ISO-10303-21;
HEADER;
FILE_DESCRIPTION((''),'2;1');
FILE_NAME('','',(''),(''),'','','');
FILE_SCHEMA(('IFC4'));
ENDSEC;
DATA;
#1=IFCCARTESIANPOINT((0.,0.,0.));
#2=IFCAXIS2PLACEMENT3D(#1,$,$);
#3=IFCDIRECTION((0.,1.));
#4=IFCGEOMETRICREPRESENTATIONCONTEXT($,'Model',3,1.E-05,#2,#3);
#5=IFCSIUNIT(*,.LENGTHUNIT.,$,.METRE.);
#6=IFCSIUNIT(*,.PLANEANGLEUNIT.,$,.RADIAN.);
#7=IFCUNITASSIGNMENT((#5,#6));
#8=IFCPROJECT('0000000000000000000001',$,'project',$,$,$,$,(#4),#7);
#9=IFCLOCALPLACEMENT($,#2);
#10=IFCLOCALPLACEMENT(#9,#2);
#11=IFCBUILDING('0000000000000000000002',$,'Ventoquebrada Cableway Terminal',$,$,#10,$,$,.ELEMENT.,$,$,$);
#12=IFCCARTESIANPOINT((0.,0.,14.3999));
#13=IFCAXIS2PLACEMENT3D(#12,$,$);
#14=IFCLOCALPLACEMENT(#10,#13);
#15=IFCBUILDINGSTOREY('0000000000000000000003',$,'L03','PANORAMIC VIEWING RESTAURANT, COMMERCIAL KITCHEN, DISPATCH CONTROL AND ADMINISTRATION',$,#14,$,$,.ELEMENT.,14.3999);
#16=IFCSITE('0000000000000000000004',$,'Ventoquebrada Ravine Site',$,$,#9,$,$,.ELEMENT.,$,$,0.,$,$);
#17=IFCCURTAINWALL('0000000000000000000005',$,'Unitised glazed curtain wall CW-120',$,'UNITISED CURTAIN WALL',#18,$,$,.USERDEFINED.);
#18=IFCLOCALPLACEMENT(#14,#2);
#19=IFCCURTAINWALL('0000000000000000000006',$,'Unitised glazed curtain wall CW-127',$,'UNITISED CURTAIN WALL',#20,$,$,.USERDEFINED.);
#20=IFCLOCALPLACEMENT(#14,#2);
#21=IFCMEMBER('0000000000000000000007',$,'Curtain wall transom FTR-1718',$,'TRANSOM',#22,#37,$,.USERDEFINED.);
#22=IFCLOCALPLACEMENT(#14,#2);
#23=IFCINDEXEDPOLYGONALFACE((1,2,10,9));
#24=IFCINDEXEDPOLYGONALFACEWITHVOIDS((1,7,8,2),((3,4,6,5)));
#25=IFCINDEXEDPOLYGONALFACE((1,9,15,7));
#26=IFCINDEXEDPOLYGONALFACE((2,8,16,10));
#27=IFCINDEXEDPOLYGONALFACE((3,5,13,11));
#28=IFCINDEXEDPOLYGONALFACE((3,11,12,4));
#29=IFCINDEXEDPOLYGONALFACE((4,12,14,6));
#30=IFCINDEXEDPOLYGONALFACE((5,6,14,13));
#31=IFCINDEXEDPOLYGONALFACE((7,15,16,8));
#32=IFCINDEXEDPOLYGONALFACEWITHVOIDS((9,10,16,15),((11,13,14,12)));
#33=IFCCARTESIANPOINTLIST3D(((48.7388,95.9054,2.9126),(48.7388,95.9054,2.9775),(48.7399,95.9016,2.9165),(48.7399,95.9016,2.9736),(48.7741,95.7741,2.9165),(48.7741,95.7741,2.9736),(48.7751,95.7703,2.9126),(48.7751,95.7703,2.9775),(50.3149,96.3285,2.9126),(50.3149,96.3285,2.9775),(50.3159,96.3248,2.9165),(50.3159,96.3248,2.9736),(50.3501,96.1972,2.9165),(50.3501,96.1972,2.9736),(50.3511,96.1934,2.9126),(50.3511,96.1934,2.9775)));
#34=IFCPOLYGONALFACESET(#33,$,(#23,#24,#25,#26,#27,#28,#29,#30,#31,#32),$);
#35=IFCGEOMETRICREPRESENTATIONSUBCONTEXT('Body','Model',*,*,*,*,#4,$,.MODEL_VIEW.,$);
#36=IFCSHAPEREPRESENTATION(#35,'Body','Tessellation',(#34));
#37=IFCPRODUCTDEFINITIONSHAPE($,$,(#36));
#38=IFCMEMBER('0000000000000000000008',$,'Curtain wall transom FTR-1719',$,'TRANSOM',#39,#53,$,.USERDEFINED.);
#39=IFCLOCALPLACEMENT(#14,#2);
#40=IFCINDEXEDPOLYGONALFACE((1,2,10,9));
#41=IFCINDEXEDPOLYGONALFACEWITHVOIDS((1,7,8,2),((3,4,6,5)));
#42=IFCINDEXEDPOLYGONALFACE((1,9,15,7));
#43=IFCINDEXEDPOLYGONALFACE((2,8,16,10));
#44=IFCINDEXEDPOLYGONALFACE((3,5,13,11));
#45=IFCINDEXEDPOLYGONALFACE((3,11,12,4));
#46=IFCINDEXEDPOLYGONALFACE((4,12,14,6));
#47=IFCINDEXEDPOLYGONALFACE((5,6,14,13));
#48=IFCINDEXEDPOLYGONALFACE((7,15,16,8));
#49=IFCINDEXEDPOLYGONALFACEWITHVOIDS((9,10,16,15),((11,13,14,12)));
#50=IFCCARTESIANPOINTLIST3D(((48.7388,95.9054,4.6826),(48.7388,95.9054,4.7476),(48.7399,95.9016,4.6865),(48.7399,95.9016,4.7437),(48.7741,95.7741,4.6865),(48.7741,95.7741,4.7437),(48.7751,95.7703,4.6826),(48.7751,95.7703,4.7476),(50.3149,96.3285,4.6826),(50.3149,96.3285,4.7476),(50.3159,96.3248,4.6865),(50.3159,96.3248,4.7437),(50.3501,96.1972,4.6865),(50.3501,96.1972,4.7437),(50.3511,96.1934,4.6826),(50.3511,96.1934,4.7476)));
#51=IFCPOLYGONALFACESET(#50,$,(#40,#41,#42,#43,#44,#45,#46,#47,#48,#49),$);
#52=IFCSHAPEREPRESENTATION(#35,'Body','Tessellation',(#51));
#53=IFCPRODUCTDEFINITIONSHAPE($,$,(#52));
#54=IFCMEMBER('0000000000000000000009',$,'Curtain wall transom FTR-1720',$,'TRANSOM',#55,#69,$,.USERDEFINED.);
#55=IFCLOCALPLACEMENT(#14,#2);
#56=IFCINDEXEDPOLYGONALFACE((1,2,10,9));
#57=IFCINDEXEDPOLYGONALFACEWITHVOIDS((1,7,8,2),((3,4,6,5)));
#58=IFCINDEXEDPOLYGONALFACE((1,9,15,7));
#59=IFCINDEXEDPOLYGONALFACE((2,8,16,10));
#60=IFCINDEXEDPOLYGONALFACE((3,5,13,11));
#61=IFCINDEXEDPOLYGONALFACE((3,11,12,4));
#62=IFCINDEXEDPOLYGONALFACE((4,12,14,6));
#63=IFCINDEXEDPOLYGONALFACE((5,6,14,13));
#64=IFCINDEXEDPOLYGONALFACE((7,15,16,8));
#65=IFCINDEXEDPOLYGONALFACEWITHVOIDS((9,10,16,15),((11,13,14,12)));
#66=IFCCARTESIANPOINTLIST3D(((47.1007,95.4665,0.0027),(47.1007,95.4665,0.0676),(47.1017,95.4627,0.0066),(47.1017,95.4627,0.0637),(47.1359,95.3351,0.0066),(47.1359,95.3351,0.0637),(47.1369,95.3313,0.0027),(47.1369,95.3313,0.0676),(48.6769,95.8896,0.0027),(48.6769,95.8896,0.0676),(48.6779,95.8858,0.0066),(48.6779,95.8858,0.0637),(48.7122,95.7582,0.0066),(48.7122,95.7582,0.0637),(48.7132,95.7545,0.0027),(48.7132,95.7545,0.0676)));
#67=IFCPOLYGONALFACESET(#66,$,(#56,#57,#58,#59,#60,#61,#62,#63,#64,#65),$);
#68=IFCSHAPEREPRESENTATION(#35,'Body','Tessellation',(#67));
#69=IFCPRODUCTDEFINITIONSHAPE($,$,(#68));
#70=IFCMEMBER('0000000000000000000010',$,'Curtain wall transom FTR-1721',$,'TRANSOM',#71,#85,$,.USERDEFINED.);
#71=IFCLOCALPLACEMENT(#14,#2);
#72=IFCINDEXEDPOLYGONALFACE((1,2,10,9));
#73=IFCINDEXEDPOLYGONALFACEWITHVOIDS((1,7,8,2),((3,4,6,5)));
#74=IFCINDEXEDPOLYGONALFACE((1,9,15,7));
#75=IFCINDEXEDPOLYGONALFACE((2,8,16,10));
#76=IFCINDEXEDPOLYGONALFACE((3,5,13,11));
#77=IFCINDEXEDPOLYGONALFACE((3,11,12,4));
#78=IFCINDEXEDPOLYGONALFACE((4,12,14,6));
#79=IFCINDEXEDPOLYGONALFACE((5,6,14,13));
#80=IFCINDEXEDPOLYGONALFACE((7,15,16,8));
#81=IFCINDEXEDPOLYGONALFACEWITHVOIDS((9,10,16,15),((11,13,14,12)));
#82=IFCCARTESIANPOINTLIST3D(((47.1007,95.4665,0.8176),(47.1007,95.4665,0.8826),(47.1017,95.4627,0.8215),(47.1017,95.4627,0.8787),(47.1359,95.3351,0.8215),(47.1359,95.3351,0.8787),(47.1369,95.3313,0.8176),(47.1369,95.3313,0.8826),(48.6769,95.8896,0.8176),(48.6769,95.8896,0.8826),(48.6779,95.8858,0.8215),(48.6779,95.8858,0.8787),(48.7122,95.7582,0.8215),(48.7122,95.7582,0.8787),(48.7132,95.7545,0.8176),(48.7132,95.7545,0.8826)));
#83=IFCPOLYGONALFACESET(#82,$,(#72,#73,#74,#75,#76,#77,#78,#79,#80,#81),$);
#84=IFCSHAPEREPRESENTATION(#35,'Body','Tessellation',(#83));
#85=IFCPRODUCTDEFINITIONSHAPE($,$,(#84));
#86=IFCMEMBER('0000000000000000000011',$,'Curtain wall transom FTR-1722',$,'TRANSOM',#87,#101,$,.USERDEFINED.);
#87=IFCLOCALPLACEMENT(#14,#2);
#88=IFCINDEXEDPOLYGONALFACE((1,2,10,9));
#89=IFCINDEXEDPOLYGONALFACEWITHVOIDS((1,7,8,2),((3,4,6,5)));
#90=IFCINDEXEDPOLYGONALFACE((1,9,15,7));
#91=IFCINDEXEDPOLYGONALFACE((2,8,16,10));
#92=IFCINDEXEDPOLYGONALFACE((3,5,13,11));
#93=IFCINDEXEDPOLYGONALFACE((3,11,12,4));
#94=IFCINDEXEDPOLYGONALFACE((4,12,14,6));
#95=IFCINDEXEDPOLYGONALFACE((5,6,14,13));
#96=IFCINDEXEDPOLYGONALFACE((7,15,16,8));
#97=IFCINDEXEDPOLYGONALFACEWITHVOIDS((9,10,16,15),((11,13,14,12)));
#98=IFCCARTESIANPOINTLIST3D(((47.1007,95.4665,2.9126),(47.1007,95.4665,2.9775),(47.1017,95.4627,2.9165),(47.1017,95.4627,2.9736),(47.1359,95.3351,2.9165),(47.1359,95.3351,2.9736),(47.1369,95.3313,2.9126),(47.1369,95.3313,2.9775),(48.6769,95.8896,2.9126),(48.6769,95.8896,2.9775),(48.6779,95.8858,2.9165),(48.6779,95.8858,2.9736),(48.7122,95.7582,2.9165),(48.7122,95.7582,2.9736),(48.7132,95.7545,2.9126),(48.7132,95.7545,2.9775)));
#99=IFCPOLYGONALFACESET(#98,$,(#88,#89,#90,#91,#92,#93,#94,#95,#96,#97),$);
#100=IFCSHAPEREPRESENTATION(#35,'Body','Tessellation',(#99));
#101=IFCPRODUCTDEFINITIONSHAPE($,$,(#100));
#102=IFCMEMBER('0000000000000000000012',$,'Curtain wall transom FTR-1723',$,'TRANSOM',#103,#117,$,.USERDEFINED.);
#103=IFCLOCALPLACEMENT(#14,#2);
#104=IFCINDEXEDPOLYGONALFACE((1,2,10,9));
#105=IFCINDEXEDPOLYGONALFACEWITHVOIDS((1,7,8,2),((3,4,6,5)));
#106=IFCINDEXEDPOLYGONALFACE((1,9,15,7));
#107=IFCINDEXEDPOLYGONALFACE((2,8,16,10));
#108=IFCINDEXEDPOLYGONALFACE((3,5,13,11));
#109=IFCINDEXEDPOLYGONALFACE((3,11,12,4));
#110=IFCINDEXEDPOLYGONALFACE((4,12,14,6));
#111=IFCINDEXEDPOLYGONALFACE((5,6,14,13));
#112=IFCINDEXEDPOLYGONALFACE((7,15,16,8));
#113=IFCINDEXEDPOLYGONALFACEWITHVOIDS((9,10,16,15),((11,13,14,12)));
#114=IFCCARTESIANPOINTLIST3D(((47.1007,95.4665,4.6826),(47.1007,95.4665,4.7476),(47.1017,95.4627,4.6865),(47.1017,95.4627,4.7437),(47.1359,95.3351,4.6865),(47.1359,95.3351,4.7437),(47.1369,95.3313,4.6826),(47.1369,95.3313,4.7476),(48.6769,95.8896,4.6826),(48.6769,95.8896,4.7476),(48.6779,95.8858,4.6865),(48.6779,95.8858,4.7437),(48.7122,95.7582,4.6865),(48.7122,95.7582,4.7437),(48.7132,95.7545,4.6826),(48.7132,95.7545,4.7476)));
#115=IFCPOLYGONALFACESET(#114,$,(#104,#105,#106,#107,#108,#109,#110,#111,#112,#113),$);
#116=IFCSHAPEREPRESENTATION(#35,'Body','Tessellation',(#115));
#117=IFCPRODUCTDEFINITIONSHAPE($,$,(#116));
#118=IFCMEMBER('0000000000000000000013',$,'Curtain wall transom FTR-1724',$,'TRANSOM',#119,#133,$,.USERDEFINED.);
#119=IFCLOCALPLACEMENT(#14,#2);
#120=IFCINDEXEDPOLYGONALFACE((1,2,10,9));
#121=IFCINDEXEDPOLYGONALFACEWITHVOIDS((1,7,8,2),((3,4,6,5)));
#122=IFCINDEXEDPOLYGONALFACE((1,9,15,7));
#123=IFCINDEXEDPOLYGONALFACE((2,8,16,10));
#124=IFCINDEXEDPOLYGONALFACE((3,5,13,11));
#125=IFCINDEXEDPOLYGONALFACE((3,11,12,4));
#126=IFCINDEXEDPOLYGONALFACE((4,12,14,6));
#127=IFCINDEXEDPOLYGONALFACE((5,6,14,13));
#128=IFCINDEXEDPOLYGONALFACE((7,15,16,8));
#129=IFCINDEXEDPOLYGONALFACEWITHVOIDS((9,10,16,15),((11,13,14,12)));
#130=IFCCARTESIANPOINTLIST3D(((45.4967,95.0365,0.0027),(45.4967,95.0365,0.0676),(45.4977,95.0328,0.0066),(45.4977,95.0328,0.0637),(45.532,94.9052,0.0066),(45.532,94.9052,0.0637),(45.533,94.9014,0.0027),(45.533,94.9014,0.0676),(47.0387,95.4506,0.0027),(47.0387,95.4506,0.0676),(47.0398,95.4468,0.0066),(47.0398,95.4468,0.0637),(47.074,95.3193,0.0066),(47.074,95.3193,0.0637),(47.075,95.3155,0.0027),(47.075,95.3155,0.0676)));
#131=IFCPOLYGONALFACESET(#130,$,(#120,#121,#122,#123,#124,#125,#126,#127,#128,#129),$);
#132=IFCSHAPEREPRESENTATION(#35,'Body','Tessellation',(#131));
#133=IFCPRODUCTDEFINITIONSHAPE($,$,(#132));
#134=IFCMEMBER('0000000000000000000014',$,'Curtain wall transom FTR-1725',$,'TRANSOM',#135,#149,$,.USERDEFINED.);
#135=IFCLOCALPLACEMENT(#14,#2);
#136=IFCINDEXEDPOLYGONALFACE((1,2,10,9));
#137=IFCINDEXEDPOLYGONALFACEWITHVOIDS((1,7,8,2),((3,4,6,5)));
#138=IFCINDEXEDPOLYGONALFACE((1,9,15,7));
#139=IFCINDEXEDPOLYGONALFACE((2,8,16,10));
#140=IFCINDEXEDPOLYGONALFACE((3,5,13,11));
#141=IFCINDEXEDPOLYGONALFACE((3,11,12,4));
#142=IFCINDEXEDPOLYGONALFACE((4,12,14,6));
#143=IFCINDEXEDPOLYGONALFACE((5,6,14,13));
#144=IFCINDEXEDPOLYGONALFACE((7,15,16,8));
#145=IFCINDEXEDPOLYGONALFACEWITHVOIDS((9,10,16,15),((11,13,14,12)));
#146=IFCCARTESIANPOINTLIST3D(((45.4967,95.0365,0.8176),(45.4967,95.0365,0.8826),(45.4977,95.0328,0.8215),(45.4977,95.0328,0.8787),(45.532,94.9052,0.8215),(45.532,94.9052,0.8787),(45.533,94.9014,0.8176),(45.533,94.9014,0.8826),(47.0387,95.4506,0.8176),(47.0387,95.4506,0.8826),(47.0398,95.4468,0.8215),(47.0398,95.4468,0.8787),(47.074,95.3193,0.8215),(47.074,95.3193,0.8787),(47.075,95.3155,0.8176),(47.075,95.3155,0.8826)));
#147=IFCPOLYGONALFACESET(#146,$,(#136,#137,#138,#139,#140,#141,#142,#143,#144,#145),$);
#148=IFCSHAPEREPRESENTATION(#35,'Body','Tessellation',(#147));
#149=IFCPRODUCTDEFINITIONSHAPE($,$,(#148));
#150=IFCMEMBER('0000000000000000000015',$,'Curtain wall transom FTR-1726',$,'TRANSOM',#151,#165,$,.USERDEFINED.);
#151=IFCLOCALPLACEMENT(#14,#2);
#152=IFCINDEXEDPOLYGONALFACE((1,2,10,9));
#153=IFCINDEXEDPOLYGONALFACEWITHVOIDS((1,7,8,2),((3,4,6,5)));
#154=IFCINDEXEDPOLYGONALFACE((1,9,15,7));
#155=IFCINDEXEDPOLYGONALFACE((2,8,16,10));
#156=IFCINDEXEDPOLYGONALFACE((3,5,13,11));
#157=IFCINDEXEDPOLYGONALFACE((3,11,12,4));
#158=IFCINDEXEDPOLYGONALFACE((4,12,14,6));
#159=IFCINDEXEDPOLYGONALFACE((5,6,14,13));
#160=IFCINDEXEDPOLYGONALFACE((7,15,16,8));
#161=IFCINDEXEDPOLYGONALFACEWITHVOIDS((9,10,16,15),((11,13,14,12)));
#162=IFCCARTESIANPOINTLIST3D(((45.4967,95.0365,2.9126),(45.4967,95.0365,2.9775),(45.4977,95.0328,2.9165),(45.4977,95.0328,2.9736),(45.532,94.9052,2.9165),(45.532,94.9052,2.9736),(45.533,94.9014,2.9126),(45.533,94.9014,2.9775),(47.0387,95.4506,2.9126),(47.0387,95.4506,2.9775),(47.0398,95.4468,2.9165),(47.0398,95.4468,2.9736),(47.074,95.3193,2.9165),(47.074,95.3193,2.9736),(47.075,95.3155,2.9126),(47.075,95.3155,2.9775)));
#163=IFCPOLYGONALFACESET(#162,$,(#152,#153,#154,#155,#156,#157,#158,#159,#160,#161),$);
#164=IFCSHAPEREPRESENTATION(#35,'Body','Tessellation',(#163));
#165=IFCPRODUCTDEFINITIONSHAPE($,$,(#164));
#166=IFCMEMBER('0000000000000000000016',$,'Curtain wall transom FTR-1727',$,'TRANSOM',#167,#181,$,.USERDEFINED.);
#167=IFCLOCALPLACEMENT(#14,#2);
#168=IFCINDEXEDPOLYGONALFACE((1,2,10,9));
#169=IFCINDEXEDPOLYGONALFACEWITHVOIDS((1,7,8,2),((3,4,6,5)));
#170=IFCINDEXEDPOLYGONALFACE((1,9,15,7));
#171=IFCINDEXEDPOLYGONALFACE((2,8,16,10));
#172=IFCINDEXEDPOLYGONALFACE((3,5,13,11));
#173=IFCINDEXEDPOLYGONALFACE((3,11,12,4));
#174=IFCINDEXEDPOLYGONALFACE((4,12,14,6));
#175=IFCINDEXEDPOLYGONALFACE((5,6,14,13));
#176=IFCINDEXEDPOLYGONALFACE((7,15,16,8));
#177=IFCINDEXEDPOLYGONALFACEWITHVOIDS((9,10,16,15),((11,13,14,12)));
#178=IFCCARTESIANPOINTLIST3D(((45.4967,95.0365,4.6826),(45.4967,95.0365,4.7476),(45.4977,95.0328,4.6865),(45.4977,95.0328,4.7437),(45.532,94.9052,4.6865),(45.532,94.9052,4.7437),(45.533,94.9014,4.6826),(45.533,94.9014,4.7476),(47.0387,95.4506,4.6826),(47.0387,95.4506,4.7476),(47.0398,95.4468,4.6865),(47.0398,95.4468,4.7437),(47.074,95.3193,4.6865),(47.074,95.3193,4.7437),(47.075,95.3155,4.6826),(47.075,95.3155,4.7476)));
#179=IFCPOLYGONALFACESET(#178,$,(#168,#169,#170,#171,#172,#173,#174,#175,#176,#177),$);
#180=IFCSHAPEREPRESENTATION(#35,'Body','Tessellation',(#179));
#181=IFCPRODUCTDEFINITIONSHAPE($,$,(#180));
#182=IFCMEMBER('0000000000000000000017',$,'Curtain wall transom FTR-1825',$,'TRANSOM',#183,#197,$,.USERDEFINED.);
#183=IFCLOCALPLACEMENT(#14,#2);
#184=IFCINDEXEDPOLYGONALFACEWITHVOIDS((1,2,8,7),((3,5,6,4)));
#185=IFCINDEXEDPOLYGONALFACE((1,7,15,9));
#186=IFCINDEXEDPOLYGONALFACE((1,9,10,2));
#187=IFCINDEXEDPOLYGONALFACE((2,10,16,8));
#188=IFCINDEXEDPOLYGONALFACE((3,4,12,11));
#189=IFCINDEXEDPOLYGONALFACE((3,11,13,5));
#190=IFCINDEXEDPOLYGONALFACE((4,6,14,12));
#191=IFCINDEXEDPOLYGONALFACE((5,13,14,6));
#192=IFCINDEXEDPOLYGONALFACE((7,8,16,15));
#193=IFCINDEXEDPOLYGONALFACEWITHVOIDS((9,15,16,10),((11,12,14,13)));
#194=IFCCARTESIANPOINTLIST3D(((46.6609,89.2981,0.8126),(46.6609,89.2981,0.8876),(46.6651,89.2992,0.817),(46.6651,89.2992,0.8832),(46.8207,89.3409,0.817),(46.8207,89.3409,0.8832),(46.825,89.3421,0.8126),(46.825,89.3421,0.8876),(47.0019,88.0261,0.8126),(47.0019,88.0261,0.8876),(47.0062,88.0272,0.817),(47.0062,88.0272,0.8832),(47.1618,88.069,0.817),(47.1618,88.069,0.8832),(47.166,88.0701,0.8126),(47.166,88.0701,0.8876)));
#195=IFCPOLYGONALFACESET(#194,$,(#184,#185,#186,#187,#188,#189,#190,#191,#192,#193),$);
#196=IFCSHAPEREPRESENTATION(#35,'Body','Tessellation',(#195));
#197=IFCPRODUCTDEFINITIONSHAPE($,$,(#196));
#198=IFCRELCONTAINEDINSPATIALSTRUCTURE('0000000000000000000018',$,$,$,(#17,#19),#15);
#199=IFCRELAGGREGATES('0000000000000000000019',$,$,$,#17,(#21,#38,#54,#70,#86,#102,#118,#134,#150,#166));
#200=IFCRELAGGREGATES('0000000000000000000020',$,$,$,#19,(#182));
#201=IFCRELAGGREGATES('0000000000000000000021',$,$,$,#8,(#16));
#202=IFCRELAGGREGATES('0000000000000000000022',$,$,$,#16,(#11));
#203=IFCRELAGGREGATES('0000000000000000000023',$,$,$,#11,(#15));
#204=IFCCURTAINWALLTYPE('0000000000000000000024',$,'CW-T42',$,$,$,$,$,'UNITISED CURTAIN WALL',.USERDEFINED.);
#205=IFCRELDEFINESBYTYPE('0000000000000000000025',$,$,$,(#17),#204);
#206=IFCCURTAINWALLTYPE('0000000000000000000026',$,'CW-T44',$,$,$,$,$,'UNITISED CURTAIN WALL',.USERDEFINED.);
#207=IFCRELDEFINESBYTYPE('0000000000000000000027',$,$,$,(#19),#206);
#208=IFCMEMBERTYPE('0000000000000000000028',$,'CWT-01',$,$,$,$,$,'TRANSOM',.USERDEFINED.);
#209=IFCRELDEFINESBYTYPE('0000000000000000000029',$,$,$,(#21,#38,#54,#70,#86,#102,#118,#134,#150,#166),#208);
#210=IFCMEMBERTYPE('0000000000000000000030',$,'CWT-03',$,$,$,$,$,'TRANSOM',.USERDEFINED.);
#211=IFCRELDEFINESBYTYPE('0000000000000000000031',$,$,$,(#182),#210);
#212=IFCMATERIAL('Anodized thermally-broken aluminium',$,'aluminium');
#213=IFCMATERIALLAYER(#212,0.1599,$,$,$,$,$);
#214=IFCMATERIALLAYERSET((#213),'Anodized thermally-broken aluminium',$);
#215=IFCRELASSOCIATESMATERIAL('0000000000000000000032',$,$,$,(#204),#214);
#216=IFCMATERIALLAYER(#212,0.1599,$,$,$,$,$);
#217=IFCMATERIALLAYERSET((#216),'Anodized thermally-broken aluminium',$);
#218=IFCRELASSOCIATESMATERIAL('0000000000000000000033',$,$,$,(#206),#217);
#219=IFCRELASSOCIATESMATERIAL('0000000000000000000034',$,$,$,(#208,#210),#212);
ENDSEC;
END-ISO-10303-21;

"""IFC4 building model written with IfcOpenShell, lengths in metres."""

from ifc_helpers import new_model, si_unit, direction, frame, origin, origin_2d, place, context, subcontext, project, spatial, hollow_rectangle, extrude, material, layer, layer_set, material_profile, profile_set, type_object, element, aggregate, save


model = new_model("IFC4")

# Units and contexts
model_context = context("Model", 3, precision=1e-05, world=origin(), true_north=direction((0.0, 1.0)))
body_context = subcontext(model_context, "Body", "Model", "MODEL_VIEW")
ifc_project = project(units=[si_unit("LENGTHUNIT", "METRE"), si_unit("PLANEANGLEUNIT", "RADIAN")], contexts=[model_context])

# Site, building, storey
site_placement = place(None, origin())
site = spatial("IfcSite", under=ifc_project, at=site_placement, Name="Ventoquebrada Ravine Site", CompositionType="ELEMENT", RefElevation=0.0)
building_placement = place(site_placement, origin())
building = spatial("IfcBuilding", under=site, at=building_placement, Name="Ventoquebrada Cableway Terminal", CompositionType="ELEMENT")
storey_placement = place(building_placement, frame((0.0, 0.0, 14.3999)))
storey = spatial("IfcBuildingStorey", under=building, at=storey_placement, Name="L03", Description="PANORAMIC VIEWING RESTAURANT, COMMERCIAL KITCHEN, DISPATCH CONTROL AND ADMINISTRATION", CompositionType="ELEMENT", Elevation=14.3999)

# Curtain wall
ifc_material_1 = material(Name="Anodized thermally-broken aluminium", Category="aluminium")
ifc_layer_1 = layer(ifc_material_1, 0.1599)
ifc_layer_set_1 = layer_set([ifc_layer_1], Name="Anodized thermally-broken aluminium")
curtain_wall_type_1 = type_object("IfcCurtainWallType", Name="CW-T42", ElementType="UNITISED CURTAIN WALL", PredefinedType="USERDEFINED", material=ifc_layer_set_1)
curtain_wall_1_placement = place(storey_placement, origin())
curtain_wall_1 = element("IfcCurtainWall", 1, at=curtain_wall_1_placement, inside=storey, type_object=curtain_wall_type_1, Name="Unitised glazed curtain wall CW-120", ObjectType="UNITISED CURTAIN WALL", PredefinedType="USERDEFINED")

# Curtain wall
ifc_layer_2 = layer(ifc_material_1, 0.1599)
ifc_layer_set_2 = layer_set([ifc_layer_2], Name="Anodized thermally-broken aluminium")
curtain_wall_type_2 = type_object("IfcCurtainWallType", Name="CW-T44", ElementType="UNITISED CURTAIN WALL", PredefinedType="USERDEFINED", material=ifc_layer_set_2)
curtain_wall_2_placement = place(storey_placement, origin())
curtain_wall_2 = element("IfcCurtainWall", 2, at=curtain_wall_2_placement, inside=storey, type_object=curtain_wall_type_2, Name="Unitised glazed curtain wall CW-127", ObjectType="UNITISED CURTAIN WALL", PredefinedType="USERDEFINED")

# Members
ifc_material_profile_1 = material_profile(ifc_material_1, hollow_rectangle(XDim=0.0649, YDim=0.1399, WallThickness=0.0039, at=origin_2d()), Name="CW-TRN-65X140")
ifc_profile_set_1 = profile_set([ifc_material_profile_1], Name="Anodized thermally-broken aluminium")
member_type_1 = type_object("IfcMemberType", Name="CWT-01", ElementType="TRANSOM", PredefinedType="USERDEFINED", material=ifc_profile_set_1)
member_1_placement = place(storey_placement, frame((50.333, 96.261, 2.9451), z_axis=(-0.965799, -0.259292, 0.0), x_axis=(0.0, 0.0, 1.0)))
member_1 = element("IfcMember", 3, at=member_1_placement, type_object=member_type_1, Name="Curtain wall transom FTR-1718", ObjectType="TRANSOM", PredefinedType="USERDEFINED", context=body_context, shape_type="SweptSolid", body=[
    extrude(hollow_rectangle(XDim=0.0649, YDim=0.1399, WallThickness=0.0039, at=origin_2d()), origin(), (0.0, 0.0, 1.0), 1.6318),
])
member_2_placement = place(storey_placement, frame((50.333, 96.261, 4.7151), z_axis=(-0.965799, -0.259292, 0.0), x_axis=(0.0, 0.0, 1.0)))
member_2 = element("IfcMember", 4, at=member_2_placement, type_object=member_type_1, Name="Curtain wall transom FTR-1719", ObjectType="TRANSOM", PredefinedType="USERDEFINED", context=body_context, shape_type="SweptSolid", body=[
    extrude(hollow_rectangle(XDim=0.0649, YDim=0.1399, WallThickness=0.0039, at=origin_2d()), origin(), (0.0, 0.0, 1.0), 1.6318),
])
member_3_placement = place(storey_placement, frame((48.6951, 95.822, 0.0352), z_axis=(-0.965809, -0.259255, 0.0), x_axis=(0.0, 0.0, 1.0)))
member_3 = element("IfcMember", 5, at=member_3_placement, type_object=member_type_1, Name="Curtain wall transom FTR-1720", ObjectType="TRANSOM", PredefinedType="USERDEFINED", context=body_context, shape_type="SweptSolid", body=[
    extrude(hollow_rectangle(XDim=0.0649, YDim=0.1399, WallThickness=0.0039, at=origin_2d()), origin(), (0.0, 0.0, 1.0), 1.6321),
])
member_4_placement = place(storey_placement, frame((48.6951, 95.822, 0.8501), z_axis=(-0.965809, -0.259255, 0.0), x_axis=(0.0, 0.0, 1.0)))
member_4 = element("IfcMember", 6, at=member_4_placement, type_object=member_type_1, Name="Curtain wall transom FTR-1721", ObjectType="TRANSOM", PredefinedType="USERDEFINED", context=body_context, shape_type="SweptSolid", body=[
    extrude(hollow_rectangle(XDim=0.0649, YDim=0.1399, WallThickness=0.0039, at=origin_2d()), origin(), (0.0, 0.0, 1.0), 1.6321),
])
member_5_placement = place(storey_placement, frame((48.6951, 95.822, 2.9451), z_axis=(-0.965809, -0.259255, 0.0), x_axis=(0.0, 0.0, 1.0)))
member_5 = element("IfcMember", 7, at=member_5_placement, type_object=member_type_1, Name="Curtain wall transom FTR-1722", ObjectType="TRANSOM", PredefinedType="USERDEFINED", context=body_context, shape_type="SweptSolid", body=[
    extrude(hollow_rectangle(XDim=0.0649, YDim=0.1399, WallThickness=0.0039, at=origin_2d()), origin(), (0.0, 0.0, 1.0), 1.6321),
])
member_6_placement = place(storey_placement, frame((48.6951, 95.822, 4.7151), z_axis=(-0.965809, -0.259255, 0.0), x_axis=(0.0, 0.0, 1.0)))
member_6 = element("IfcMember", 8, at=member_6_placement, type_object=member_type_1, Name="Curtain wall transom FTR-1723", ObjectType="TRANSOM", PredefinedType="USERDEFINED", context=body_context, shape_type="SweptSolid", body=[
    extrude(hollow_rectangle(XDim=0.0649, YDim=0.1399, WallThickness=0.0039, at=origin_2d()), origin(), (0.0, 0.0, 1.0), 1.6321),
])
member_7_placement = place(storey_placement, frame((47.0569, 95.3831, 0.0352), z_axis=(-0.965787, -0.259337, 0.0), x_axis=(0.0, 0.0, 1.0)))
member_7 = element("IfcMember", 9, at=member_7_placement, type_object=member_type_1, Name="Curtain wall transom FTR-1724", ObjectType="TRANSOM", PredefinedType="USERDEFINED", context=body_context, shape_type="SweptSolid", body=[
    extrude(hollow_rectangle(XDim=0.0649, YDim=0.1399, WallThickness=0.0039, at=origin_2d()), origin(), (0.0, 0.0, 1.0), 1.5967),
])
member_8_placement = place(storey_placement, frame((47.0569, 95.3831, 0.8501), z_axis=(-0.965787, -0.259337, 0.0), x_axis=(0.0, 0.0, 1.0)))
member_8 = element("IfcMember", 10, at=member_8_placement, type_object=member_type_1, Name="Curtain wall transom FTR-1725", ObjectType="TRANSOM", PredefinedType="USERDEFINED", context=body_context, shape_type="SweptSolid", body=[
    extrude(hollow_rectangle(XDim=0.0649, YDim=0.1399, WallThickness=0.0039, at=origin_2d()), origin(), (0.0, 0.0, 1.0), 1.5967),
])
member_9_placement = place(storey_placement, frame((47.0569, 95.3831, 2.9451), z_axis=(-0.965787, -0.259337, 0.0), x_axis=(0.0, 0.0, 1.0)))
member_9 = element("IfcMember", 11, at=member_9_placement, type_object=member_type_1, Name="Curtain wall transom FTR-1726", ObjectType="TRANSOM", PredefinedType="USERDEFINED", context=body_context, shape_type="SweptSolid", body=[
    extrude(hollow_rectangle(XDim=0.0649, YDim=0.1399, WallThickness=0.0039, at=origin_2d()), origin(), (0.0, 0.0, 1.0), 1.5967),
])
member_10_placement = place(storey_placement, frame((47.0569, 95.3831, 4.7151), z_axis=(-0.965787, -0.259337, 0.0), x_axis=(0.0, 0.0, 1.0)))
member_10 = element("IfcMember", 12, at=member_10_placement, type_object=member_type_1, Name="Curtain wall transom FTR-1727", ObjectType="TRANSOM", PredefinedType="USERDEFINED", context=body_context, shape_type="SweptSolid", body=[
    extrude(hollow_rectangle(XDim=0.0649, YDim=0.1399, WallThickness=0.0039, at=origin_2d()), origin(), (0.0, 0.0, 1.0), 1.5967),
])
ifc_material_profile_2 = material_profile(ifc_material_1, hollow_rectangle(XDim=0.075, YDim=0.1699, WallThickness=0.0044, at=origin_2d()), Name="CW-TRN-75X170")
ifc_profile_set_2 = profile_set([ifc_material_profile_2], Name="Anodized thermally-broken aluminium")
member_type_2 = type_object("IfcMemberType", Name="CWT-03", ElementType="TRANSOM", PredefinedType="USERDEFINED", material=ifc_profile_set_2)
member_11_placement = place(storey_placement, frame((46.7429, 89.3201, 0.8501), z_axis=(0.258989, -0.96588, 0.0), x_axis=(0.0, 0.0, 1.0)))
member_11 = element("IfcMember", 13, at=member_11_placement, type_object=member_type_2, Name="Curtain wall transom FTR-1825", ObjectType="TRANSOM", PredefinedType="USERDEFINED", context=body_context, shape_type="SweptSolid", body=[
    extrude(hollow_rectangle(XDim=0.075, YDim=0.1699, WallThickness=0.0044, at=origin_2d()), origin(), (0.0, 0.0, 1.0), 1.3169),
])

aggregate(curtain_wall_1, [member_1, member_2, member_3, member_4, member_5, member_6, member_7, member_8, member_9, member_10])
aggregate(curtain_wall_2, [member_11])

save(model, "model.ifc")
